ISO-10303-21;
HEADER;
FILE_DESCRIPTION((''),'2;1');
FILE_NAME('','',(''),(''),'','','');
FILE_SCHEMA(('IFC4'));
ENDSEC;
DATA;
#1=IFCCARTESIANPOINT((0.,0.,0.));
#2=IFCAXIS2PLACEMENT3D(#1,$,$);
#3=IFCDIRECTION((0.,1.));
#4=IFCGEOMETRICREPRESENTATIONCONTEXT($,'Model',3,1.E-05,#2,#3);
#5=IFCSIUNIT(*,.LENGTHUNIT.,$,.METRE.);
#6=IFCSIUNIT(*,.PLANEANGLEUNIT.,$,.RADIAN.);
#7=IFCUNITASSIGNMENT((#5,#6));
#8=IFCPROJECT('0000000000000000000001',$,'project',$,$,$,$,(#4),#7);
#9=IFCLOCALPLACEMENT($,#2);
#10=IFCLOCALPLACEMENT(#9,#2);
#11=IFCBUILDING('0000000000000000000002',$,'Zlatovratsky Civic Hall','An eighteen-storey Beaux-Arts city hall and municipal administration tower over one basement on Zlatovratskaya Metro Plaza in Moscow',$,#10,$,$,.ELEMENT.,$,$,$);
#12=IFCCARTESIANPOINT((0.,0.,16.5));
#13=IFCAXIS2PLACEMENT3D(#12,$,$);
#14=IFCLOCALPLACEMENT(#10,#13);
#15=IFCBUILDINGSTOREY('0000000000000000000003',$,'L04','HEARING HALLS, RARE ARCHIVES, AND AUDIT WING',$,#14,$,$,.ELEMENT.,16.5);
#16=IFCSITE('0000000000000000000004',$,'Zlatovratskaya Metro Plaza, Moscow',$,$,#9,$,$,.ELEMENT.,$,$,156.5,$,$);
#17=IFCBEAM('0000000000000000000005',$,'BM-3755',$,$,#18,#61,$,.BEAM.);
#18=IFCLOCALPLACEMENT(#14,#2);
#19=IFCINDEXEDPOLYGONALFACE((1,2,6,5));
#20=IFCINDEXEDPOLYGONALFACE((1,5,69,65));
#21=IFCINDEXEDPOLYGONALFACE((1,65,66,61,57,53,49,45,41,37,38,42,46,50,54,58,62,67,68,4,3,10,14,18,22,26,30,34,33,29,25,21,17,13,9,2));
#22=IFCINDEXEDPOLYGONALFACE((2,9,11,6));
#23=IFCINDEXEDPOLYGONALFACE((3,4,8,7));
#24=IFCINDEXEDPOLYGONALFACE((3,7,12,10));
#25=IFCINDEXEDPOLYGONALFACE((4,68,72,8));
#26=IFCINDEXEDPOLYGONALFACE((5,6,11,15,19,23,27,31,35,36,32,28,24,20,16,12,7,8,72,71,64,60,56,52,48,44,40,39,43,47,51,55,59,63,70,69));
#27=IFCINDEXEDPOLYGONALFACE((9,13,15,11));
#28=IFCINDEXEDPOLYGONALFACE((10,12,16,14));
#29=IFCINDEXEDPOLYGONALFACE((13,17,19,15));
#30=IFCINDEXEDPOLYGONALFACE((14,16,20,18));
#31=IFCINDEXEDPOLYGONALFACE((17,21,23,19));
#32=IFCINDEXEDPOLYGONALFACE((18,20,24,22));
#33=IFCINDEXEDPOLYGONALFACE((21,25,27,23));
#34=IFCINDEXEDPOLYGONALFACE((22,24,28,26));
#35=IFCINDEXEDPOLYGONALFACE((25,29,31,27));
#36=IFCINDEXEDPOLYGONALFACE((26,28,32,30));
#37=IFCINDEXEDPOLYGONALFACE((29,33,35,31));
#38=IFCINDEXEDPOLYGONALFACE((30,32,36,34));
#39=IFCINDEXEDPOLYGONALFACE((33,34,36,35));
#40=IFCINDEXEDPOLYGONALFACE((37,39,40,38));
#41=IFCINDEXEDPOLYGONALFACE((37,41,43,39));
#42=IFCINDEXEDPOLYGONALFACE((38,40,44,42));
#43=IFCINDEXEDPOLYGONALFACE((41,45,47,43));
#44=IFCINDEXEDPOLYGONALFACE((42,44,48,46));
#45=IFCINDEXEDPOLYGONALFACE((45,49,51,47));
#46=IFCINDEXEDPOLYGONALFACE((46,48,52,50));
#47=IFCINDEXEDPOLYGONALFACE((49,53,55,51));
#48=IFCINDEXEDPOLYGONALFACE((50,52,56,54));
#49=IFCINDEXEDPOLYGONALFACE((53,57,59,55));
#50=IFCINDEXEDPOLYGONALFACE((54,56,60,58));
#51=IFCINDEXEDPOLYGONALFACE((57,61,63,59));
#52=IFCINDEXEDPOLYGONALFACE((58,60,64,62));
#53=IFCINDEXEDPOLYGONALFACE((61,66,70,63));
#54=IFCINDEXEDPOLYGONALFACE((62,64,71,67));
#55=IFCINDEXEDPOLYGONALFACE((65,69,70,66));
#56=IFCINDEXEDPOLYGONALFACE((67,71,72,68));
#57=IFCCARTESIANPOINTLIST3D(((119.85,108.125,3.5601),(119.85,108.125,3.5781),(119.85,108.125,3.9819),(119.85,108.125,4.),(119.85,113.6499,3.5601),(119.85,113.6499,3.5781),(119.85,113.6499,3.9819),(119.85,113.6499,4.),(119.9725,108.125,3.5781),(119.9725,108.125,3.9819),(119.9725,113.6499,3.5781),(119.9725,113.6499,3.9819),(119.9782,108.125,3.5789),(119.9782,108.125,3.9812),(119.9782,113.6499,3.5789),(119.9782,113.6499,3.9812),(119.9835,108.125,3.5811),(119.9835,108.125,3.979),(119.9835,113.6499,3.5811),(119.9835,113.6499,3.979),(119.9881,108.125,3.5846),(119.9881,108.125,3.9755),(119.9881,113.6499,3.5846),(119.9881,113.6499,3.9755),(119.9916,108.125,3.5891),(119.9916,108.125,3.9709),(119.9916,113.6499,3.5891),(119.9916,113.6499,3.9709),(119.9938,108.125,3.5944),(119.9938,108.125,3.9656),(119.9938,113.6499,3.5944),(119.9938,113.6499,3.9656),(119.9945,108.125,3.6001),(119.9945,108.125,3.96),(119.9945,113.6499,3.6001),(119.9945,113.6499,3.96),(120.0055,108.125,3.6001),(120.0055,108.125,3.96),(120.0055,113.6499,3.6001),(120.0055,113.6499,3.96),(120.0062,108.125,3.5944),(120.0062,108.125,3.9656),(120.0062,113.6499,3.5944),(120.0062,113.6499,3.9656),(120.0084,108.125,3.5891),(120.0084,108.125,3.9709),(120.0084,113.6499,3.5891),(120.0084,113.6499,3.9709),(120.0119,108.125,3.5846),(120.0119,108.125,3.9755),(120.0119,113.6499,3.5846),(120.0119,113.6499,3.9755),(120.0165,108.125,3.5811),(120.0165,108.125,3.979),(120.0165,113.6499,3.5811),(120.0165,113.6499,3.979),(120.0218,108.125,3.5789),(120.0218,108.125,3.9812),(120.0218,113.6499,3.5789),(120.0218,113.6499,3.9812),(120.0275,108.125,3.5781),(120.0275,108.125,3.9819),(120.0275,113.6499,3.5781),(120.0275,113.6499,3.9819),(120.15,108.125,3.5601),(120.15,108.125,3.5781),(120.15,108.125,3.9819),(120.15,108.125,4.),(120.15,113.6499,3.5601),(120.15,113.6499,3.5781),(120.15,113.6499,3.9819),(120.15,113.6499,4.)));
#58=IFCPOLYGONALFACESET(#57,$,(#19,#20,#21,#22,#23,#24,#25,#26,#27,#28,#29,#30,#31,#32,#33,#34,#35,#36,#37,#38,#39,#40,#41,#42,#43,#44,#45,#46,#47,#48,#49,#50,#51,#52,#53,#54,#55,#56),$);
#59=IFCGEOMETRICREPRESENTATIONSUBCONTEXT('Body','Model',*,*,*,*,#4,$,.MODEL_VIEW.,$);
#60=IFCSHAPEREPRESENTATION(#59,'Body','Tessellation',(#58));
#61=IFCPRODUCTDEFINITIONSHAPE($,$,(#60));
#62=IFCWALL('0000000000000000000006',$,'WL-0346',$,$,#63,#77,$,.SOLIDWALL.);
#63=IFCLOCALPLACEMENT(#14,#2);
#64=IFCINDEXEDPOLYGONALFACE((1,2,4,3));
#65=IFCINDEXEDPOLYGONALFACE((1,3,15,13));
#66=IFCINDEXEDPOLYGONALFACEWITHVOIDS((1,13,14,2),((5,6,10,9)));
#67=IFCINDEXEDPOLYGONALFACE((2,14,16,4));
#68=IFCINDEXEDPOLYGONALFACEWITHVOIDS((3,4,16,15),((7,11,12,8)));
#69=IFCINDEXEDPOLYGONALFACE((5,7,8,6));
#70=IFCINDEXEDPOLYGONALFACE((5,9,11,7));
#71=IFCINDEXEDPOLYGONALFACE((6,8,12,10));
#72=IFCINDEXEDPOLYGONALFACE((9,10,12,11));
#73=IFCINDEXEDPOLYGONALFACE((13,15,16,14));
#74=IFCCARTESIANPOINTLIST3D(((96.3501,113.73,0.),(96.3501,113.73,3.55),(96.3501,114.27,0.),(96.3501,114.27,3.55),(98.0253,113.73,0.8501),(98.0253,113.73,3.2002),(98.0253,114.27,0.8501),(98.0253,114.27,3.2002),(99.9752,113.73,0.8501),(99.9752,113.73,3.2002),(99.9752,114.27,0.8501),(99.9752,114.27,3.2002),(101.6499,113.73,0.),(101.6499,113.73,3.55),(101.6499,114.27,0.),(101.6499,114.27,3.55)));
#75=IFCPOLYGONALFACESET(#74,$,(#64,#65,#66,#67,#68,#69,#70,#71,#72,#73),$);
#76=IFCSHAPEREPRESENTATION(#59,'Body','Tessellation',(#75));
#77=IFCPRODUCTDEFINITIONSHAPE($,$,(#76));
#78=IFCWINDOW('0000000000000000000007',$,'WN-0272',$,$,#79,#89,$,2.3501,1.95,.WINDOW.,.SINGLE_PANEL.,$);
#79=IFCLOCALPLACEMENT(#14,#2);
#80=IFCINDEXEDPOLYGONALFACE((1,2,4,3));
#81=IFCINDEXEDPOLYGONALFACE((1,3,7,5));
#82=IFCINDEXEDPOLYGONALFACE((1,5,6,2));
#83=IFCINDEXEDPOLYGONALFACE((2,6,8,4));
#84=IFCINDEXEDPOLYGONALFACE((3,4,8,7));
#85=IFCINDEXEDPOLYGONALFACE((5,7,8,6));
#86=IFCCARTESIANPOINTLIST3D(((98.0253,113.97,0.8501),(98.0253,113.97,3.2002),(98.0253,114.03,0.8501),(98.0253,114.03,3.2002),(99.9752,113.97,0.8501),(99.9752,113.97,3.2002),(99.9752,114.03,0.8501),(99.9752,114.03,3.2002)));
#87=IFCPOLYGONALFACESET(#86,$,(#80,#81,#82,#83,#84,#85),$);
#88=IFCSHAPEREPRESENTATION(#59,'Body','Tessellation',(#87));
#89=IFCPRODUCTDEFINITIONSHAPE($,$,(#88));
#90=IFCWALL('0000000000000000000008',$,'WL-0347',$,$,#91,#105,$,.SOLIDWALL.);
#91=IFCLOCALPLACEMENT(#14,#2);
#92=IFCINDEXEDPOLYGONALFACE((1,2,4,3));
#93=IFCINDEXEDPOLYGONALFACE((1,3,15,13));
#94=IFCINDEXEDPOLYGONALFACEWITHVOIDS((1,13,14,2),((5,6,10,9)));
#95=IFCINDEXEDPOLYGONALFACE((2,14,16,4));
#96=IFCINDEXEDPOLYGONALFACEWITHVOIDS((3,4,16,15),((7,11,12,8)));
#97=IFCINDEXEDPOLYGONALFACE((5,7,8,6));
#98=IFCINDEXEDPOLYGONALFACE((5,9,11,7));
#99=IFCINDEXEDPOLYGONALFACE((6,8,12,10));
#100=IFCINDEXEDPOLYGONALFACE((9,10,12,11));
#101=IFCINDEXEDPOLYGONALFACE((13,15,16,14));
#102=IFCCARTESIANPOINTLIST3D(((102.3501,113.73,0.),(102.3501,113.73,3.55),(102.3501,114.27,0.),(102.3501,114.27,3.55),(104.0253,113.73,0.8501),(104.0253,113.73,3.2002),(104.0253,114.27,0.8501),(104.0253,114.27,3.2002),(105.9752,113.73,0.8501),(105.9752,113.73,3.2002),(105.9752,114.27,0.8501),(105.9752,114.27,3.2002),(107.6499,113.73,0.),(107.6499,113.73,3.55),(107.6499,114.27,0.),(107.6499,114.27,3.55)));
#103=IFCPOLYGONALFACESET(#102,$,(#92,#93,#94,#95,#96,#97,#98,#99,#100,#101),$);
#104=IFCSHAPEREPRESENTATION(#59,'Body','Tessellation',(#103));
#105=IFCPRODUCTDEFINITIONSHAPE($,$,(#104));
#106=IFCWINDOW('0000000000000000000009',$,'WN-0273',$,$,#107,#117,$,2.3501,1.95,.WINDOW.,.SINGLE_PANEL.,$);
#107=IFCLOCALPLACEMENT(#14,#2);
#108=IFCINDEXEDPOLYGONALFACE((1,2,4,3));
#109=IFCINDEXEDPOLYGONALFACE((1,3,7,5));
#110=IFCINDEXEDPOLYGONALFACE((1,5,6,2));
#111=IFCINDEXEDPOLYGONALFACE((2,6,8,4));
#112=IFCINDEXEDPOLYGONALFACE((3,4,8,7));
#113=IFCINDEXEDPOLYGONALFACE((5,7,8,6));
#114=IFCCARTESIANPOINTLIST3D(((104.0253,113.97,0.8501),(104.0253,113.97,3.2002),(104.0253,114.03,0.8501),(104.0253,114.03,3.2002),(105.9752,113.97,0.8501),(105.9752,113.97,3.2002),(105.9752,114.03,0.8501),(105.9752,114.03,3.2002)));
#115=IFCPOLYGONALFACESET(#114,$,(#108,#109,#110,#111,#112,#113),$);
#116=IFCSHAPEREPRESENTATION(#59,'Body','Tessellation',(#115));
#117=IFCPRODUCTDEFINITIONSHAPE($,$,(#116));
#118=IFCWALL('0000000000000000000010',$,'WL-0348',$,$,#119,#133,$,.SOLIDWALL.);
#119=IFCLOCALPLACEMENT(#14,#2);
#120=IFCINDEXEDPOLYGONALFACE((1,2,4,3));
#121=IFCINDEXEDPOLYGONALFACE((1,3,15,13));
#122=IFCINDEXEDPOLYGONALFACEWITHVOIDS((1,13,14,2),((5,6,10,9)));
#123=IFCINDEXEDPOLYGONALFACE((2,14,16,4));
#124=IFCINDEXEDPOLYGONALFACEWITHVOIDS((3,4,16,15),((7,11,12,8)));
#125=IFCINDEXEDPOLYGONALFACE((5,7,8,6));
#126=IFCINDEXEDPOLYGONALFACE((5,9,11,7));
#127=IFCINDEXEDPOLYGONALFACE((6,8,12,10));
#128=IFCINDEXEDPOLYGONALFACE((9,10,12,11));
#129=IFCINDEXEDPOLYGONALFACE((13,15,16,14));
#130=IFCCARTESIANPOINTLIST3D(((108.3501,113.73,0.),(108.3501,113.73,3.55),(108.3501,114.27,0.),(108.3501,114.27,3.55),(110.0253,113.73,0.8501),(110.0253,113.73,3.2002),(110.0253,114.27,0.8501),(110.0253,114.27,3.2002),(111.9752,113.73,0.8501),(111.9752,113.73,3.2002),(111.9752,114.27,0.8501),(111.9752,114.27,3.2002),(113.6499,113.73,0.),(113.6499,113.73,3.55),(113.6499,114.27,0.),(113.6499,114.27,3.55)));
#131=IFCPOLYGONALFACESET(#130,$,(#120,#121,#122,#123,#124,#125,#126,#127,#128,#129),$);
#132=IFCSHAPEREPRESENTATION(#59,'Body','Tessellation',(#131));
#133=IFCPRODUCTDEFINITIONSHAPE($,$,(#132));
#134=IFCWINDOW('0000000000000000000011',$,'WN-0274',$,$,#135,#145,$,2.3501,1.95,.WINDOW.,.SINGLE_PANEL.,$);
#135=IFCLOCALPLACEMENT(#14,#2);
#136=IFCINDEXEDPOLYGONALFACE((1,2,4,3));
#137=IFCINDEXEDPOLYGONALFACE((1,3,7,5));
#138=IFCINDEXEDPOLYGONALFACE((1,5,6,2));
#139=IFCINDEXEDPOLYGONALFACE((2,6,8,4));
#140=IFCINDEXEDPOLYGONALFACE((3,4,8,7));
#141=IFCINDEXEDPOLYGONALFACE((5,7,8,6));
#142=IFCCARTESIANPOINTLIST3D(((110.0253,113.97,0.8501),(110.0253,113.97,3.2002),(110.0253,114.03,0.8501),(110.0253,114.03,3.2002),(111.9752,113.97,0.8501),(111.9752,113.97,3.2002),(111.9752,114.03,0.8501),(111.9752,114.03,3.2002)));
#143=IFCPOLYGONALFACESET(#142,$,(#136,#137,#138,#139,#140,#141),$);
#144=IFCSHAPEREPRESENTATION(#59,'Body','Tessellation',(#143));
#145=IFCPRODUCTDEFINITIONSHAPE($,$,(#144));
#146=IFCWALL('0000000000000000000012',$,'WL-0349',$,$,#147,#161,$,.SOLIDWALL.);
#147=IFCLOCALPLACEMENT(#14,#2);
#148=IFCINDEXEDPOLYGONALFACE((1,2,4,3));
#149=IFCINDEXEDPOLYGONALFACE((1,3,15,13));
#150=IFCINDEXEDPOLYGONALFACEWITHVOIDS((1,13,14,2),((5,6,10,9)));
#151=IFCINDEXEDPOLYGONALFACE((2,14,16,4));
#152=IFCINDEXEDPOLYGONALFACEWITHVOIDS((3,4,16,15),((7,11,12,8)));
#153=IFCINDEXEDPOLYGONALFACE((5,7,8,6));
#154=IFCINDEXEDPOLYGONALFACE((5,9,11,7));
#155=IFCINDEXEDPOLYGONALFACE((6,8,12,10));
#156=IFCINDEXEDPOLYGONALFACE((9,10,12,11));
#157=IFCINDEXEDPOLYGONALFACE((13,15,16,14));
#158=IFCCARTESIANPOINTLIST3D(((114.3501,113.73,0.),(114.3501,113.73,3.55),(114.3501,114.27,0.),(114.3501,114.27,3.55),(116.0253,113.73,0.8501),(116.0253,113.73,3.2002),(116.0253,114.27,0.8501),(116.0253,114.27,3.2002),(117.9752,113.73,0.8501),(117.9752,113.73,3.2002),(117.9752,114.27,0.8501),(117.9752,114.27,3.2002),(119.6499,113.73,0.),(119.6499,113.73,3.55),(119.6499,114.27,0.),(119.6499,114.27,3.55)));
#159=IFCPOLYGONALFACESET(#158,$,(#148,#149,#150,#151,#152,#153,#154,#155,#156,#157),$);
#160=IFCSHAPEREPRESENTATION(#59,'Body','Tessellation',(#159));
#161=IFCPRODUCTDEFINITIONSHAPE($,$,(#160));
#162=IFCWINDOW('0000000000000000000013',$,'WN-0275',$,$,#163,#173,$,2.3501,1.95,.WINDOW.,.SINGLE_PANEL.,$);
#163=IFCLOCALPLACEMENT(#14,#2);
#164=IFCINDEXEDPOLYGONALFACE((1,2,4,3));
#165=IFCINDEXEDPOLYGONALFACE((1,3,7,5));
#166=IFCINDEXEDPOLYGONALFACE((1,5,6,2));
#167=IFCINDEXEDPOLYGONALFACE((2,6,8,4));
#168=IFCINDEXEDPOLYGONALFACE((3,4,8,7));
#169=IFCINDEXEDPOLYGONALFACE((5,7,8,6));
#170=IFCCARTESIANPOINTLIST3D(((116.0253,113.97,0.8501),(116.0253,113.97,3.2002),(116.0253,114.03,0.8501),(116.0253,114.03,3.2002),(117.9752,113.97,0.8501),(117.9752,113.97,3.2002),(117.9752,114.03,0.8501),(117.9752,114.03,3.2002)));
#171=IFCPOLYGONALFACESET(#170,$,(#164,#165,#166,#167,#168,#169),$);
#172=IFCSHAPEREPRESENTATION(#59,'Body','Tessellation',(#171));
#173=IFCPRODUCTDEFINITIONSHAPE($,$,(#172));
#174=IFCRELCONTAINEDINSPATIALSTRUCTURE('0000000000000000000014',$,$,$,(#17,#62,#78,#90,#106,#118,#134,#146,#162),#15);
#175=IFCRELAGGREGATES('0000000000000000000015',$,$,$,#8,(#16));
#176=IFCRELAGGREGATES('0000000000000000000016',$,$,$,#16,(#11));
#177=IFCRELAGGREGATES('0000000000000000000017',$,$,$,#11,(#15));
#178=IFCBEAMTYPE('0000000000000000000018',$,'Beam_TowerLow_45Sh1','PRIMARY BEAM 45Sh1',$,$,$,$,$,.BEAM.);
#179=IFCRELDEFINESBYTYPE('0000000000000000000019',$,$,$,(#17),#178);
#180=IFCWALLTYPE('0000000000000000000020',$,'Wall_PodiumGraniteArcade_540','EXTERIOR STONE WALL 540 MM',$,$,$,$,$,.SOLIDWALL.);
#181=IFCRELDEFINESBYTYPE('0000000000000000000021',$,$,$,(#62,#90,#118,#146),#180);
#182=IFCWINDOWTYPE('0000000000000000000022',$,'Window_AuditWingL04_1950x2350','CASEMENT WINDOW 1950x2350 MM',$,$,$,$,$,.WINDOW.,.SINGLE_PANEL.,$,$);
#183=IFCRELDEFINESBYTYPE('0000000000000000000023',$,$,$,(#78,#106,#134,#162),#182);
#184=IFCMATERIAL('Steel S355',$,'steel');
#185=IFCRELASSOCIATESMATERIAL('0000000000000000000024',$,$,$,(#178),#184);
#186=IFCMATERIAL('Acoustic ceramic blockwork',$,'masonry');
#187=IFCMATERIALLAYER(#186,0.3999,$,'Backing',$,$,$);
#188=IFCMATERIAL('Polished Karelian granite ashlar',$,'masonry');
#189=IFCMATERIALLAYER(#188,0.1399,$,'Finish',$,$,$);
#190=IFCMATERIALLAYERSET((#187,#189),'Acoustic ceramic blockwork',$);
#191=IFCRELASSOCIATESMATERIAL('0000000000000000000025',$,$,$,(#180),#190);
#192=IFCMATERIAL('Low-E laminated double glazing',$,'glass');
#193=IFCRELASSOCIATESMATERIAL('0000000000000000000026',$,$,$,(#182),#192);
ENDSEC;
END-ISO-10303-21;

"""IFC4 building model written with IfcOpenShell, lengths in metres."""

from ifc_helpers import new_model, si_unit, direction, frame, frame_2d, origin, origin_2d, place, context, subcontext, project, spatial, rectangle, i_section, extrude, material, layer, layer_set, material_profile, profile_set, type_object, element, fill, save


model = new_model("IFC4")

# Units and contexts
model_context = context("Model", 3, precision=1e-05, world=origin(), true_north=direction((0.0, 1.0)))
body_context = subcontext(model_context, "Body", "Model", "MODEL_VIEW")
ifc_project = project(units=[si_unit("LENGTHUNIT", "METRE"), si_unit("PLANEANGLEUNIT", "RADIAN")], contexts=[model_context])

# Site, building, storey
site_placement = place(None, origin())
site = spatial("IfcSite", under=ifc_project, at=site_placement, Name="Zlatovratskaya Metro Plaza, Moscow", CompositionType="ELEMENT", RefElevation=156.5)
building_placement = place(site_placement, origin())
building = spatial("IfcBuilding", under=site, at=building_placement, Name="Zlatovratsky Civic Hall", Description="An eighteen-storey Beaux-Arts city hall and municipal administration tower over one basement on Zlatovratskaya Metro Plaza in Moscow", CompositionType="ELEMENT")
storey_placement = place(building_placement, frame((0.0, 0.0, 16.5)))
storey = spatial("IfcBuildingStorey", under=building, at=storey_placement, Name="L04", Description="HEARING HALLS, RARE ARCHIVES, AND AUDIT WING", CompositionType="ELEMENT", Elevation=16.5)

# Shared definitions
ifc_material_1 = material(Name="Steel S355", Category="steel")

# Beam
ifc_material_profile_1 = material_profile(ifc_material_1, i_section(OverallWidth=0.3, OverallDepth=0.4399, WebThickness=0.011, FlangeThickness=0.0181, FilletRadius=0.022, at=origin_2d()), Name="45Sh1")
ifc_profile_set_1 = profile_set([ifc_material_profile_1], Name="Steel S355")
beam_type_1 = type_object("IfcBeamType", Name="Beam_TowerLow_45Sh1", Description="PRIMARY BEAM 45Sh1", PredefinedType="BEAM", material=ifc_profile_set_1)
beam_1_placement = place(storey_placement, frame((120.0, 108.125, 3.78), z_axis=(0.0, 1.0, 0.0), x_axis=(-1.0, 0.0, 0.0)))
element("IfcBeam", 1, at=beam_1_placement, inside=storey, type_object=beam_type_1, Name="BM-3755", PredefinedType="BEAM", context=body_context, shape_type="SweptSolid", body=[
    extrude(i_section(OverallWidth=0.3, OverallDepth=0.4399, WebThickness=0.011, FlangeThickness=0.0181, FilletRadius=0.022, at=origin_2d()), origin(), (0.0, 0.0, 1.0), 5.5249),
])

# Walls, openings, windows
ifc_material_2 = material(Name="Acoustic ceramic blockwork", Category="masonry")
ifc_layer_1 = layer(ifc_material_2, 0.3999, Name="Backing")
ifc_material_3 = material(Name="Polished Karelian granite ashlar", Category="masonry")
ifc_layer_2 = layer(ifc_material_3, 0.1399, Name="Finish")
ifc_layer_set = layer_set([ifc_layer_1, ifc_layer_2], Name="Acoustic ceramic blockwork")
wall_type = type_object("IfcWallType", Name="Wall_PodiumGraniteArcade_540", Description="EXTERIOR STONE WALL 540 MM", PredefinedType="SOLIDWALL", material=ifc_layer_set)
wall_1_placement = place(storey_placement, frame((96.3501, 114.0, 0.0), z_axis=(0.0, 0.0, 1.0), x_axis=(1.0, 0.0, 0.0)))
wall_1 = element("IfcWall", 2, at=wall_1_placement, inside=storey, type_object=wall_type, Name="WL-0346", PredefinedType="SOLIDWALL", context=body_context, shape_type="SweptSolid", body=[
    extrude(rectangle(XDim=5.2998, YDim=0.54, at=frame_2d((2.6499, 0.0))), origin(), (0.0, 0.0, 1.0), 3.55),
])
opening_1_placement = place(wall_1_placement, frame((1.675, 0.0, 0.8501)))
opening_1 = element("IfcOpeningElement", 3, at=opening_1_placement, cuts=wall_1, PredefinedType="OPENING", context=body_context, shape_type="SweptSolid", body=[
    extrude(rectangle(XDim=1.95, YDim=2.3501, at=frame_2d((0.9751, 1.175))), frame((0.0, 0.2849, 0.0), z_axis=(0.0, -1.0, 0.0), x_axis=(1.0, 0.0, 0.0)), (0.0, 0.0, 1.0), 0.5698),
])
ifc_material_4 = material(Name="Low-E laminated double glazing", Category="glass")
window_type = type_object("IfcWindowType", Name="Window_AuditWingL04_1950x2350", Description="CASEMENT WINDOW 1950x2350 MM", PartitioningType="SINGLE_PANEL", PredefinedType="WINDOW", material=ifc_material_4)
window_1_placement = place(opening_1_placement, origin())
window_1 = element("IfcWindow", 4, at=window_1_placement, inside=storey, type_object=window_type, Name="WN-0272", OverallHeight=2.3501, OverallWidth=1.95, PartitioningType="SINGLE_PANEL", PredefinedType="WINDOW", context=body_context, shape_type="SweptSolid", body=[
    extrude(rectangle(XDim=1.95, YDim=2.3501, at=frame_2d((0.9751, 1.175))), frame((0.0, 0.03, 0.0), z_axis=(0.0, -1.0, 0.0), x_axis=(1.0, 0.0, 0.0)), (0.0, 0.0, 1.0), 0.0601),
])
fill(opening_1, window_1)
wall_2_placement = place(storey_placement, frame((102.3501, 114.0, 0.0), z_axis=(0.0, 0.0, 1.0), x_axis=(1.0, 0.0, 0.0)))
wall_2 = element("IfcWall", 5, at=wall_2_placement, inside=storey, type_object=wall_type, Name="WL-0347", PredefinedType="SOLIDWALL", context=body_context, shape_type="SweptSolid", body=[
    extrude(rectangle(XDim=5.2998, YDim=0.54, at=frame_2d((2.6499, 0.0))), origin(), (0.0, 0.0, 1.0), 3.55),
])
opening_2_placement = place(wall_2_placement, frame((1.675, 0.0, 0.8501)))
opening_2 = element("IfcOpeningElement", 6, at=opening_2_placement, cuts=wall_2, PredefinedType="OPENING", context=body_context, shape_type="SweptSolid", body=[
    extrude(rectangle(XDim=1.95, YDim=2.3501, at=frame_2d((0.9751, 1.175))), frame((0.0, 0.2849, 0.0), z_axis=(0.0, -1.0, 0.0), x_axis=(1.0, 0.0, 0.0)), (0.0, 0.0, 1.0), 0.5698),
])
window_2_placement = place(opening_2_placement, origin())
window_2 = element("IfcWindow", 7, at=window_2_placement, inside=storey, type_object=window_type, Name="WN-0273", OverallHeight=2.3501, OverallWidth=1.95, PartitioningType="SINGLE_PANEL", PredefinedType="WINDOW", context=body_context, shape_type="SweptSolid", body=[
    extrude(rectangle(XDim=1.95, YDim=2.3501, at=frame_2d((0.9751, 1.175))), frame((0.0, 0.03, 0.0), z_axis=(0.0, -1.0, 0.0), x_axis=(1.0, 0.0, 0.0)), (0.0, 0.0, 1.0), 0.0601),
])
fill(opening_2, window_2)
wall_3_placement = place(storey_placement, frame((108.3501, 114.0, 0.0), z_axis=(0.0, 0.0, 1.0), x_axis=(1.0, 0.0, 0.0)))
wall_3 = element("IfcWall", 8, at=wall_3_placement, inside=storey, type_object=wall_type, Name="WL-0348", PredefinedType="SOLIDWALL", context=body_context, shape_type="SweptSolid", body=[
    extrude(rectangle(XDim=5.2998, YDim=0.54, at=frame_2d((2.6499, 0.0))), origin(), (0.0, 0.0, 1.0), 3.55),
])
opening_3_placement = place(wall_3_placement, frame((1.675, 0.0, 0.8501)))
opening_3 = element("IfcOpeningElement", 9, at=opening_3_placement, cuts=wall_3, PredefinedType="OPENING", context=body_context, shape_type="SweptSolid", body=[
    extrude(rectangle(XDim=1.95, YDim=2.3501, at=frame_2d((0.9751, 1.175))), frame((0.0, 0.2849, 0.0), z_axis=(0.0, -1.0, 0.0), x_axis=(1.0, 0.0, 0.0)), (0.0, 0.0, 1.0), 0.5698),
])
window_3_placement = place(opening_3_placement, origin())
window_3 = element("IfcWindow", 10, at=window_3_placement, inside=storey, type_object=window_type, Name="WN-0274", OverallHeight=2.3501, OverallWidth=1.95, PartitioningType="SINGLE_PANEL", PredefinedType="WINDOW", context=body_context, shape_type="SweptSolid", body=[
    extrude(rectangle(XDim=1.95, YDim=2.3501, at=frame_2d((0.9751, 1.175))), frame((0.0, 0.03, 0.0), z_axis=(0.0, -1.0, 0.0), x_axis=(1.0, 0.0, 0.0)), (0.0, 0.0, 1.0), 0.0601),
])
fill(opening_3, window_3)
wall_4_placement = place(storey_placement, frame((114.3501, 114.0, 0.0), z_axis=(0.0, 0.0, 1.0), x_axis=(1.0, 0.0, 0.0)))
wall_4 = element("IfcWall", 11, at=wall_4_placement, inside=storey, type_object=wall_type, Name="WL-0349", PredefinedType="SOLIDWALL", context=body_context, shape_type="SweptSolid", body=[
    extrude(rectangle(XDim=5.2998, YDim=0.54, at=frame_2d((2.6499, 0.0))), origin(), (0.0, 0.0, 1.0), 3.55),
])
opening_4_placement = place(wall_4_placement, frame((1.675, 0.0, 0.8501)))
opening_4 = element("IfcOpeningElement", 12, at=opening_4_placement, cuts=wall_4, PredefinedType="OPENING", context=body_context, shape_type="SweptSolid", body=[
    extrude(rectangle(XDim=1.95, YDim=2.3501, at=frame_2d((0.9751, 1.175))), frame((0.0, 0.2849, 0.0), z_axis=(0.0, -1.0, 0.0), x_axis=(1.0, 0.0, 0.0)), (0.0, 0.0, 1.0), 0.5698),
])
window_4_placement = place(opening_4_placement, origin())
window_4 = element("IfcWindow", 13, at=window_4_placement, inside=storey, type_object=window_type, Name="WN-0275", OverallHeight=2.3501, OverallWidth=1.95, PartitioningType="SINGLE_PANEL", PredefinedType="WINDOW", context=body_context, shape_type="SweptSolid", body=[
    extrude(rectangle(XDim=1.95, YDim=2.3501, at=frame_2d((0.9751, 1.175))), frame((0.0, 0.03, 0.0), z_axis=(0.0, -1.0, 0.0), x_axis=(1.0, 0.0, 0.0)), (0.0, 0.0, 1.0), 0.0601),
])
fill(opening_4, window_4)

save(model, "model.ifc")
